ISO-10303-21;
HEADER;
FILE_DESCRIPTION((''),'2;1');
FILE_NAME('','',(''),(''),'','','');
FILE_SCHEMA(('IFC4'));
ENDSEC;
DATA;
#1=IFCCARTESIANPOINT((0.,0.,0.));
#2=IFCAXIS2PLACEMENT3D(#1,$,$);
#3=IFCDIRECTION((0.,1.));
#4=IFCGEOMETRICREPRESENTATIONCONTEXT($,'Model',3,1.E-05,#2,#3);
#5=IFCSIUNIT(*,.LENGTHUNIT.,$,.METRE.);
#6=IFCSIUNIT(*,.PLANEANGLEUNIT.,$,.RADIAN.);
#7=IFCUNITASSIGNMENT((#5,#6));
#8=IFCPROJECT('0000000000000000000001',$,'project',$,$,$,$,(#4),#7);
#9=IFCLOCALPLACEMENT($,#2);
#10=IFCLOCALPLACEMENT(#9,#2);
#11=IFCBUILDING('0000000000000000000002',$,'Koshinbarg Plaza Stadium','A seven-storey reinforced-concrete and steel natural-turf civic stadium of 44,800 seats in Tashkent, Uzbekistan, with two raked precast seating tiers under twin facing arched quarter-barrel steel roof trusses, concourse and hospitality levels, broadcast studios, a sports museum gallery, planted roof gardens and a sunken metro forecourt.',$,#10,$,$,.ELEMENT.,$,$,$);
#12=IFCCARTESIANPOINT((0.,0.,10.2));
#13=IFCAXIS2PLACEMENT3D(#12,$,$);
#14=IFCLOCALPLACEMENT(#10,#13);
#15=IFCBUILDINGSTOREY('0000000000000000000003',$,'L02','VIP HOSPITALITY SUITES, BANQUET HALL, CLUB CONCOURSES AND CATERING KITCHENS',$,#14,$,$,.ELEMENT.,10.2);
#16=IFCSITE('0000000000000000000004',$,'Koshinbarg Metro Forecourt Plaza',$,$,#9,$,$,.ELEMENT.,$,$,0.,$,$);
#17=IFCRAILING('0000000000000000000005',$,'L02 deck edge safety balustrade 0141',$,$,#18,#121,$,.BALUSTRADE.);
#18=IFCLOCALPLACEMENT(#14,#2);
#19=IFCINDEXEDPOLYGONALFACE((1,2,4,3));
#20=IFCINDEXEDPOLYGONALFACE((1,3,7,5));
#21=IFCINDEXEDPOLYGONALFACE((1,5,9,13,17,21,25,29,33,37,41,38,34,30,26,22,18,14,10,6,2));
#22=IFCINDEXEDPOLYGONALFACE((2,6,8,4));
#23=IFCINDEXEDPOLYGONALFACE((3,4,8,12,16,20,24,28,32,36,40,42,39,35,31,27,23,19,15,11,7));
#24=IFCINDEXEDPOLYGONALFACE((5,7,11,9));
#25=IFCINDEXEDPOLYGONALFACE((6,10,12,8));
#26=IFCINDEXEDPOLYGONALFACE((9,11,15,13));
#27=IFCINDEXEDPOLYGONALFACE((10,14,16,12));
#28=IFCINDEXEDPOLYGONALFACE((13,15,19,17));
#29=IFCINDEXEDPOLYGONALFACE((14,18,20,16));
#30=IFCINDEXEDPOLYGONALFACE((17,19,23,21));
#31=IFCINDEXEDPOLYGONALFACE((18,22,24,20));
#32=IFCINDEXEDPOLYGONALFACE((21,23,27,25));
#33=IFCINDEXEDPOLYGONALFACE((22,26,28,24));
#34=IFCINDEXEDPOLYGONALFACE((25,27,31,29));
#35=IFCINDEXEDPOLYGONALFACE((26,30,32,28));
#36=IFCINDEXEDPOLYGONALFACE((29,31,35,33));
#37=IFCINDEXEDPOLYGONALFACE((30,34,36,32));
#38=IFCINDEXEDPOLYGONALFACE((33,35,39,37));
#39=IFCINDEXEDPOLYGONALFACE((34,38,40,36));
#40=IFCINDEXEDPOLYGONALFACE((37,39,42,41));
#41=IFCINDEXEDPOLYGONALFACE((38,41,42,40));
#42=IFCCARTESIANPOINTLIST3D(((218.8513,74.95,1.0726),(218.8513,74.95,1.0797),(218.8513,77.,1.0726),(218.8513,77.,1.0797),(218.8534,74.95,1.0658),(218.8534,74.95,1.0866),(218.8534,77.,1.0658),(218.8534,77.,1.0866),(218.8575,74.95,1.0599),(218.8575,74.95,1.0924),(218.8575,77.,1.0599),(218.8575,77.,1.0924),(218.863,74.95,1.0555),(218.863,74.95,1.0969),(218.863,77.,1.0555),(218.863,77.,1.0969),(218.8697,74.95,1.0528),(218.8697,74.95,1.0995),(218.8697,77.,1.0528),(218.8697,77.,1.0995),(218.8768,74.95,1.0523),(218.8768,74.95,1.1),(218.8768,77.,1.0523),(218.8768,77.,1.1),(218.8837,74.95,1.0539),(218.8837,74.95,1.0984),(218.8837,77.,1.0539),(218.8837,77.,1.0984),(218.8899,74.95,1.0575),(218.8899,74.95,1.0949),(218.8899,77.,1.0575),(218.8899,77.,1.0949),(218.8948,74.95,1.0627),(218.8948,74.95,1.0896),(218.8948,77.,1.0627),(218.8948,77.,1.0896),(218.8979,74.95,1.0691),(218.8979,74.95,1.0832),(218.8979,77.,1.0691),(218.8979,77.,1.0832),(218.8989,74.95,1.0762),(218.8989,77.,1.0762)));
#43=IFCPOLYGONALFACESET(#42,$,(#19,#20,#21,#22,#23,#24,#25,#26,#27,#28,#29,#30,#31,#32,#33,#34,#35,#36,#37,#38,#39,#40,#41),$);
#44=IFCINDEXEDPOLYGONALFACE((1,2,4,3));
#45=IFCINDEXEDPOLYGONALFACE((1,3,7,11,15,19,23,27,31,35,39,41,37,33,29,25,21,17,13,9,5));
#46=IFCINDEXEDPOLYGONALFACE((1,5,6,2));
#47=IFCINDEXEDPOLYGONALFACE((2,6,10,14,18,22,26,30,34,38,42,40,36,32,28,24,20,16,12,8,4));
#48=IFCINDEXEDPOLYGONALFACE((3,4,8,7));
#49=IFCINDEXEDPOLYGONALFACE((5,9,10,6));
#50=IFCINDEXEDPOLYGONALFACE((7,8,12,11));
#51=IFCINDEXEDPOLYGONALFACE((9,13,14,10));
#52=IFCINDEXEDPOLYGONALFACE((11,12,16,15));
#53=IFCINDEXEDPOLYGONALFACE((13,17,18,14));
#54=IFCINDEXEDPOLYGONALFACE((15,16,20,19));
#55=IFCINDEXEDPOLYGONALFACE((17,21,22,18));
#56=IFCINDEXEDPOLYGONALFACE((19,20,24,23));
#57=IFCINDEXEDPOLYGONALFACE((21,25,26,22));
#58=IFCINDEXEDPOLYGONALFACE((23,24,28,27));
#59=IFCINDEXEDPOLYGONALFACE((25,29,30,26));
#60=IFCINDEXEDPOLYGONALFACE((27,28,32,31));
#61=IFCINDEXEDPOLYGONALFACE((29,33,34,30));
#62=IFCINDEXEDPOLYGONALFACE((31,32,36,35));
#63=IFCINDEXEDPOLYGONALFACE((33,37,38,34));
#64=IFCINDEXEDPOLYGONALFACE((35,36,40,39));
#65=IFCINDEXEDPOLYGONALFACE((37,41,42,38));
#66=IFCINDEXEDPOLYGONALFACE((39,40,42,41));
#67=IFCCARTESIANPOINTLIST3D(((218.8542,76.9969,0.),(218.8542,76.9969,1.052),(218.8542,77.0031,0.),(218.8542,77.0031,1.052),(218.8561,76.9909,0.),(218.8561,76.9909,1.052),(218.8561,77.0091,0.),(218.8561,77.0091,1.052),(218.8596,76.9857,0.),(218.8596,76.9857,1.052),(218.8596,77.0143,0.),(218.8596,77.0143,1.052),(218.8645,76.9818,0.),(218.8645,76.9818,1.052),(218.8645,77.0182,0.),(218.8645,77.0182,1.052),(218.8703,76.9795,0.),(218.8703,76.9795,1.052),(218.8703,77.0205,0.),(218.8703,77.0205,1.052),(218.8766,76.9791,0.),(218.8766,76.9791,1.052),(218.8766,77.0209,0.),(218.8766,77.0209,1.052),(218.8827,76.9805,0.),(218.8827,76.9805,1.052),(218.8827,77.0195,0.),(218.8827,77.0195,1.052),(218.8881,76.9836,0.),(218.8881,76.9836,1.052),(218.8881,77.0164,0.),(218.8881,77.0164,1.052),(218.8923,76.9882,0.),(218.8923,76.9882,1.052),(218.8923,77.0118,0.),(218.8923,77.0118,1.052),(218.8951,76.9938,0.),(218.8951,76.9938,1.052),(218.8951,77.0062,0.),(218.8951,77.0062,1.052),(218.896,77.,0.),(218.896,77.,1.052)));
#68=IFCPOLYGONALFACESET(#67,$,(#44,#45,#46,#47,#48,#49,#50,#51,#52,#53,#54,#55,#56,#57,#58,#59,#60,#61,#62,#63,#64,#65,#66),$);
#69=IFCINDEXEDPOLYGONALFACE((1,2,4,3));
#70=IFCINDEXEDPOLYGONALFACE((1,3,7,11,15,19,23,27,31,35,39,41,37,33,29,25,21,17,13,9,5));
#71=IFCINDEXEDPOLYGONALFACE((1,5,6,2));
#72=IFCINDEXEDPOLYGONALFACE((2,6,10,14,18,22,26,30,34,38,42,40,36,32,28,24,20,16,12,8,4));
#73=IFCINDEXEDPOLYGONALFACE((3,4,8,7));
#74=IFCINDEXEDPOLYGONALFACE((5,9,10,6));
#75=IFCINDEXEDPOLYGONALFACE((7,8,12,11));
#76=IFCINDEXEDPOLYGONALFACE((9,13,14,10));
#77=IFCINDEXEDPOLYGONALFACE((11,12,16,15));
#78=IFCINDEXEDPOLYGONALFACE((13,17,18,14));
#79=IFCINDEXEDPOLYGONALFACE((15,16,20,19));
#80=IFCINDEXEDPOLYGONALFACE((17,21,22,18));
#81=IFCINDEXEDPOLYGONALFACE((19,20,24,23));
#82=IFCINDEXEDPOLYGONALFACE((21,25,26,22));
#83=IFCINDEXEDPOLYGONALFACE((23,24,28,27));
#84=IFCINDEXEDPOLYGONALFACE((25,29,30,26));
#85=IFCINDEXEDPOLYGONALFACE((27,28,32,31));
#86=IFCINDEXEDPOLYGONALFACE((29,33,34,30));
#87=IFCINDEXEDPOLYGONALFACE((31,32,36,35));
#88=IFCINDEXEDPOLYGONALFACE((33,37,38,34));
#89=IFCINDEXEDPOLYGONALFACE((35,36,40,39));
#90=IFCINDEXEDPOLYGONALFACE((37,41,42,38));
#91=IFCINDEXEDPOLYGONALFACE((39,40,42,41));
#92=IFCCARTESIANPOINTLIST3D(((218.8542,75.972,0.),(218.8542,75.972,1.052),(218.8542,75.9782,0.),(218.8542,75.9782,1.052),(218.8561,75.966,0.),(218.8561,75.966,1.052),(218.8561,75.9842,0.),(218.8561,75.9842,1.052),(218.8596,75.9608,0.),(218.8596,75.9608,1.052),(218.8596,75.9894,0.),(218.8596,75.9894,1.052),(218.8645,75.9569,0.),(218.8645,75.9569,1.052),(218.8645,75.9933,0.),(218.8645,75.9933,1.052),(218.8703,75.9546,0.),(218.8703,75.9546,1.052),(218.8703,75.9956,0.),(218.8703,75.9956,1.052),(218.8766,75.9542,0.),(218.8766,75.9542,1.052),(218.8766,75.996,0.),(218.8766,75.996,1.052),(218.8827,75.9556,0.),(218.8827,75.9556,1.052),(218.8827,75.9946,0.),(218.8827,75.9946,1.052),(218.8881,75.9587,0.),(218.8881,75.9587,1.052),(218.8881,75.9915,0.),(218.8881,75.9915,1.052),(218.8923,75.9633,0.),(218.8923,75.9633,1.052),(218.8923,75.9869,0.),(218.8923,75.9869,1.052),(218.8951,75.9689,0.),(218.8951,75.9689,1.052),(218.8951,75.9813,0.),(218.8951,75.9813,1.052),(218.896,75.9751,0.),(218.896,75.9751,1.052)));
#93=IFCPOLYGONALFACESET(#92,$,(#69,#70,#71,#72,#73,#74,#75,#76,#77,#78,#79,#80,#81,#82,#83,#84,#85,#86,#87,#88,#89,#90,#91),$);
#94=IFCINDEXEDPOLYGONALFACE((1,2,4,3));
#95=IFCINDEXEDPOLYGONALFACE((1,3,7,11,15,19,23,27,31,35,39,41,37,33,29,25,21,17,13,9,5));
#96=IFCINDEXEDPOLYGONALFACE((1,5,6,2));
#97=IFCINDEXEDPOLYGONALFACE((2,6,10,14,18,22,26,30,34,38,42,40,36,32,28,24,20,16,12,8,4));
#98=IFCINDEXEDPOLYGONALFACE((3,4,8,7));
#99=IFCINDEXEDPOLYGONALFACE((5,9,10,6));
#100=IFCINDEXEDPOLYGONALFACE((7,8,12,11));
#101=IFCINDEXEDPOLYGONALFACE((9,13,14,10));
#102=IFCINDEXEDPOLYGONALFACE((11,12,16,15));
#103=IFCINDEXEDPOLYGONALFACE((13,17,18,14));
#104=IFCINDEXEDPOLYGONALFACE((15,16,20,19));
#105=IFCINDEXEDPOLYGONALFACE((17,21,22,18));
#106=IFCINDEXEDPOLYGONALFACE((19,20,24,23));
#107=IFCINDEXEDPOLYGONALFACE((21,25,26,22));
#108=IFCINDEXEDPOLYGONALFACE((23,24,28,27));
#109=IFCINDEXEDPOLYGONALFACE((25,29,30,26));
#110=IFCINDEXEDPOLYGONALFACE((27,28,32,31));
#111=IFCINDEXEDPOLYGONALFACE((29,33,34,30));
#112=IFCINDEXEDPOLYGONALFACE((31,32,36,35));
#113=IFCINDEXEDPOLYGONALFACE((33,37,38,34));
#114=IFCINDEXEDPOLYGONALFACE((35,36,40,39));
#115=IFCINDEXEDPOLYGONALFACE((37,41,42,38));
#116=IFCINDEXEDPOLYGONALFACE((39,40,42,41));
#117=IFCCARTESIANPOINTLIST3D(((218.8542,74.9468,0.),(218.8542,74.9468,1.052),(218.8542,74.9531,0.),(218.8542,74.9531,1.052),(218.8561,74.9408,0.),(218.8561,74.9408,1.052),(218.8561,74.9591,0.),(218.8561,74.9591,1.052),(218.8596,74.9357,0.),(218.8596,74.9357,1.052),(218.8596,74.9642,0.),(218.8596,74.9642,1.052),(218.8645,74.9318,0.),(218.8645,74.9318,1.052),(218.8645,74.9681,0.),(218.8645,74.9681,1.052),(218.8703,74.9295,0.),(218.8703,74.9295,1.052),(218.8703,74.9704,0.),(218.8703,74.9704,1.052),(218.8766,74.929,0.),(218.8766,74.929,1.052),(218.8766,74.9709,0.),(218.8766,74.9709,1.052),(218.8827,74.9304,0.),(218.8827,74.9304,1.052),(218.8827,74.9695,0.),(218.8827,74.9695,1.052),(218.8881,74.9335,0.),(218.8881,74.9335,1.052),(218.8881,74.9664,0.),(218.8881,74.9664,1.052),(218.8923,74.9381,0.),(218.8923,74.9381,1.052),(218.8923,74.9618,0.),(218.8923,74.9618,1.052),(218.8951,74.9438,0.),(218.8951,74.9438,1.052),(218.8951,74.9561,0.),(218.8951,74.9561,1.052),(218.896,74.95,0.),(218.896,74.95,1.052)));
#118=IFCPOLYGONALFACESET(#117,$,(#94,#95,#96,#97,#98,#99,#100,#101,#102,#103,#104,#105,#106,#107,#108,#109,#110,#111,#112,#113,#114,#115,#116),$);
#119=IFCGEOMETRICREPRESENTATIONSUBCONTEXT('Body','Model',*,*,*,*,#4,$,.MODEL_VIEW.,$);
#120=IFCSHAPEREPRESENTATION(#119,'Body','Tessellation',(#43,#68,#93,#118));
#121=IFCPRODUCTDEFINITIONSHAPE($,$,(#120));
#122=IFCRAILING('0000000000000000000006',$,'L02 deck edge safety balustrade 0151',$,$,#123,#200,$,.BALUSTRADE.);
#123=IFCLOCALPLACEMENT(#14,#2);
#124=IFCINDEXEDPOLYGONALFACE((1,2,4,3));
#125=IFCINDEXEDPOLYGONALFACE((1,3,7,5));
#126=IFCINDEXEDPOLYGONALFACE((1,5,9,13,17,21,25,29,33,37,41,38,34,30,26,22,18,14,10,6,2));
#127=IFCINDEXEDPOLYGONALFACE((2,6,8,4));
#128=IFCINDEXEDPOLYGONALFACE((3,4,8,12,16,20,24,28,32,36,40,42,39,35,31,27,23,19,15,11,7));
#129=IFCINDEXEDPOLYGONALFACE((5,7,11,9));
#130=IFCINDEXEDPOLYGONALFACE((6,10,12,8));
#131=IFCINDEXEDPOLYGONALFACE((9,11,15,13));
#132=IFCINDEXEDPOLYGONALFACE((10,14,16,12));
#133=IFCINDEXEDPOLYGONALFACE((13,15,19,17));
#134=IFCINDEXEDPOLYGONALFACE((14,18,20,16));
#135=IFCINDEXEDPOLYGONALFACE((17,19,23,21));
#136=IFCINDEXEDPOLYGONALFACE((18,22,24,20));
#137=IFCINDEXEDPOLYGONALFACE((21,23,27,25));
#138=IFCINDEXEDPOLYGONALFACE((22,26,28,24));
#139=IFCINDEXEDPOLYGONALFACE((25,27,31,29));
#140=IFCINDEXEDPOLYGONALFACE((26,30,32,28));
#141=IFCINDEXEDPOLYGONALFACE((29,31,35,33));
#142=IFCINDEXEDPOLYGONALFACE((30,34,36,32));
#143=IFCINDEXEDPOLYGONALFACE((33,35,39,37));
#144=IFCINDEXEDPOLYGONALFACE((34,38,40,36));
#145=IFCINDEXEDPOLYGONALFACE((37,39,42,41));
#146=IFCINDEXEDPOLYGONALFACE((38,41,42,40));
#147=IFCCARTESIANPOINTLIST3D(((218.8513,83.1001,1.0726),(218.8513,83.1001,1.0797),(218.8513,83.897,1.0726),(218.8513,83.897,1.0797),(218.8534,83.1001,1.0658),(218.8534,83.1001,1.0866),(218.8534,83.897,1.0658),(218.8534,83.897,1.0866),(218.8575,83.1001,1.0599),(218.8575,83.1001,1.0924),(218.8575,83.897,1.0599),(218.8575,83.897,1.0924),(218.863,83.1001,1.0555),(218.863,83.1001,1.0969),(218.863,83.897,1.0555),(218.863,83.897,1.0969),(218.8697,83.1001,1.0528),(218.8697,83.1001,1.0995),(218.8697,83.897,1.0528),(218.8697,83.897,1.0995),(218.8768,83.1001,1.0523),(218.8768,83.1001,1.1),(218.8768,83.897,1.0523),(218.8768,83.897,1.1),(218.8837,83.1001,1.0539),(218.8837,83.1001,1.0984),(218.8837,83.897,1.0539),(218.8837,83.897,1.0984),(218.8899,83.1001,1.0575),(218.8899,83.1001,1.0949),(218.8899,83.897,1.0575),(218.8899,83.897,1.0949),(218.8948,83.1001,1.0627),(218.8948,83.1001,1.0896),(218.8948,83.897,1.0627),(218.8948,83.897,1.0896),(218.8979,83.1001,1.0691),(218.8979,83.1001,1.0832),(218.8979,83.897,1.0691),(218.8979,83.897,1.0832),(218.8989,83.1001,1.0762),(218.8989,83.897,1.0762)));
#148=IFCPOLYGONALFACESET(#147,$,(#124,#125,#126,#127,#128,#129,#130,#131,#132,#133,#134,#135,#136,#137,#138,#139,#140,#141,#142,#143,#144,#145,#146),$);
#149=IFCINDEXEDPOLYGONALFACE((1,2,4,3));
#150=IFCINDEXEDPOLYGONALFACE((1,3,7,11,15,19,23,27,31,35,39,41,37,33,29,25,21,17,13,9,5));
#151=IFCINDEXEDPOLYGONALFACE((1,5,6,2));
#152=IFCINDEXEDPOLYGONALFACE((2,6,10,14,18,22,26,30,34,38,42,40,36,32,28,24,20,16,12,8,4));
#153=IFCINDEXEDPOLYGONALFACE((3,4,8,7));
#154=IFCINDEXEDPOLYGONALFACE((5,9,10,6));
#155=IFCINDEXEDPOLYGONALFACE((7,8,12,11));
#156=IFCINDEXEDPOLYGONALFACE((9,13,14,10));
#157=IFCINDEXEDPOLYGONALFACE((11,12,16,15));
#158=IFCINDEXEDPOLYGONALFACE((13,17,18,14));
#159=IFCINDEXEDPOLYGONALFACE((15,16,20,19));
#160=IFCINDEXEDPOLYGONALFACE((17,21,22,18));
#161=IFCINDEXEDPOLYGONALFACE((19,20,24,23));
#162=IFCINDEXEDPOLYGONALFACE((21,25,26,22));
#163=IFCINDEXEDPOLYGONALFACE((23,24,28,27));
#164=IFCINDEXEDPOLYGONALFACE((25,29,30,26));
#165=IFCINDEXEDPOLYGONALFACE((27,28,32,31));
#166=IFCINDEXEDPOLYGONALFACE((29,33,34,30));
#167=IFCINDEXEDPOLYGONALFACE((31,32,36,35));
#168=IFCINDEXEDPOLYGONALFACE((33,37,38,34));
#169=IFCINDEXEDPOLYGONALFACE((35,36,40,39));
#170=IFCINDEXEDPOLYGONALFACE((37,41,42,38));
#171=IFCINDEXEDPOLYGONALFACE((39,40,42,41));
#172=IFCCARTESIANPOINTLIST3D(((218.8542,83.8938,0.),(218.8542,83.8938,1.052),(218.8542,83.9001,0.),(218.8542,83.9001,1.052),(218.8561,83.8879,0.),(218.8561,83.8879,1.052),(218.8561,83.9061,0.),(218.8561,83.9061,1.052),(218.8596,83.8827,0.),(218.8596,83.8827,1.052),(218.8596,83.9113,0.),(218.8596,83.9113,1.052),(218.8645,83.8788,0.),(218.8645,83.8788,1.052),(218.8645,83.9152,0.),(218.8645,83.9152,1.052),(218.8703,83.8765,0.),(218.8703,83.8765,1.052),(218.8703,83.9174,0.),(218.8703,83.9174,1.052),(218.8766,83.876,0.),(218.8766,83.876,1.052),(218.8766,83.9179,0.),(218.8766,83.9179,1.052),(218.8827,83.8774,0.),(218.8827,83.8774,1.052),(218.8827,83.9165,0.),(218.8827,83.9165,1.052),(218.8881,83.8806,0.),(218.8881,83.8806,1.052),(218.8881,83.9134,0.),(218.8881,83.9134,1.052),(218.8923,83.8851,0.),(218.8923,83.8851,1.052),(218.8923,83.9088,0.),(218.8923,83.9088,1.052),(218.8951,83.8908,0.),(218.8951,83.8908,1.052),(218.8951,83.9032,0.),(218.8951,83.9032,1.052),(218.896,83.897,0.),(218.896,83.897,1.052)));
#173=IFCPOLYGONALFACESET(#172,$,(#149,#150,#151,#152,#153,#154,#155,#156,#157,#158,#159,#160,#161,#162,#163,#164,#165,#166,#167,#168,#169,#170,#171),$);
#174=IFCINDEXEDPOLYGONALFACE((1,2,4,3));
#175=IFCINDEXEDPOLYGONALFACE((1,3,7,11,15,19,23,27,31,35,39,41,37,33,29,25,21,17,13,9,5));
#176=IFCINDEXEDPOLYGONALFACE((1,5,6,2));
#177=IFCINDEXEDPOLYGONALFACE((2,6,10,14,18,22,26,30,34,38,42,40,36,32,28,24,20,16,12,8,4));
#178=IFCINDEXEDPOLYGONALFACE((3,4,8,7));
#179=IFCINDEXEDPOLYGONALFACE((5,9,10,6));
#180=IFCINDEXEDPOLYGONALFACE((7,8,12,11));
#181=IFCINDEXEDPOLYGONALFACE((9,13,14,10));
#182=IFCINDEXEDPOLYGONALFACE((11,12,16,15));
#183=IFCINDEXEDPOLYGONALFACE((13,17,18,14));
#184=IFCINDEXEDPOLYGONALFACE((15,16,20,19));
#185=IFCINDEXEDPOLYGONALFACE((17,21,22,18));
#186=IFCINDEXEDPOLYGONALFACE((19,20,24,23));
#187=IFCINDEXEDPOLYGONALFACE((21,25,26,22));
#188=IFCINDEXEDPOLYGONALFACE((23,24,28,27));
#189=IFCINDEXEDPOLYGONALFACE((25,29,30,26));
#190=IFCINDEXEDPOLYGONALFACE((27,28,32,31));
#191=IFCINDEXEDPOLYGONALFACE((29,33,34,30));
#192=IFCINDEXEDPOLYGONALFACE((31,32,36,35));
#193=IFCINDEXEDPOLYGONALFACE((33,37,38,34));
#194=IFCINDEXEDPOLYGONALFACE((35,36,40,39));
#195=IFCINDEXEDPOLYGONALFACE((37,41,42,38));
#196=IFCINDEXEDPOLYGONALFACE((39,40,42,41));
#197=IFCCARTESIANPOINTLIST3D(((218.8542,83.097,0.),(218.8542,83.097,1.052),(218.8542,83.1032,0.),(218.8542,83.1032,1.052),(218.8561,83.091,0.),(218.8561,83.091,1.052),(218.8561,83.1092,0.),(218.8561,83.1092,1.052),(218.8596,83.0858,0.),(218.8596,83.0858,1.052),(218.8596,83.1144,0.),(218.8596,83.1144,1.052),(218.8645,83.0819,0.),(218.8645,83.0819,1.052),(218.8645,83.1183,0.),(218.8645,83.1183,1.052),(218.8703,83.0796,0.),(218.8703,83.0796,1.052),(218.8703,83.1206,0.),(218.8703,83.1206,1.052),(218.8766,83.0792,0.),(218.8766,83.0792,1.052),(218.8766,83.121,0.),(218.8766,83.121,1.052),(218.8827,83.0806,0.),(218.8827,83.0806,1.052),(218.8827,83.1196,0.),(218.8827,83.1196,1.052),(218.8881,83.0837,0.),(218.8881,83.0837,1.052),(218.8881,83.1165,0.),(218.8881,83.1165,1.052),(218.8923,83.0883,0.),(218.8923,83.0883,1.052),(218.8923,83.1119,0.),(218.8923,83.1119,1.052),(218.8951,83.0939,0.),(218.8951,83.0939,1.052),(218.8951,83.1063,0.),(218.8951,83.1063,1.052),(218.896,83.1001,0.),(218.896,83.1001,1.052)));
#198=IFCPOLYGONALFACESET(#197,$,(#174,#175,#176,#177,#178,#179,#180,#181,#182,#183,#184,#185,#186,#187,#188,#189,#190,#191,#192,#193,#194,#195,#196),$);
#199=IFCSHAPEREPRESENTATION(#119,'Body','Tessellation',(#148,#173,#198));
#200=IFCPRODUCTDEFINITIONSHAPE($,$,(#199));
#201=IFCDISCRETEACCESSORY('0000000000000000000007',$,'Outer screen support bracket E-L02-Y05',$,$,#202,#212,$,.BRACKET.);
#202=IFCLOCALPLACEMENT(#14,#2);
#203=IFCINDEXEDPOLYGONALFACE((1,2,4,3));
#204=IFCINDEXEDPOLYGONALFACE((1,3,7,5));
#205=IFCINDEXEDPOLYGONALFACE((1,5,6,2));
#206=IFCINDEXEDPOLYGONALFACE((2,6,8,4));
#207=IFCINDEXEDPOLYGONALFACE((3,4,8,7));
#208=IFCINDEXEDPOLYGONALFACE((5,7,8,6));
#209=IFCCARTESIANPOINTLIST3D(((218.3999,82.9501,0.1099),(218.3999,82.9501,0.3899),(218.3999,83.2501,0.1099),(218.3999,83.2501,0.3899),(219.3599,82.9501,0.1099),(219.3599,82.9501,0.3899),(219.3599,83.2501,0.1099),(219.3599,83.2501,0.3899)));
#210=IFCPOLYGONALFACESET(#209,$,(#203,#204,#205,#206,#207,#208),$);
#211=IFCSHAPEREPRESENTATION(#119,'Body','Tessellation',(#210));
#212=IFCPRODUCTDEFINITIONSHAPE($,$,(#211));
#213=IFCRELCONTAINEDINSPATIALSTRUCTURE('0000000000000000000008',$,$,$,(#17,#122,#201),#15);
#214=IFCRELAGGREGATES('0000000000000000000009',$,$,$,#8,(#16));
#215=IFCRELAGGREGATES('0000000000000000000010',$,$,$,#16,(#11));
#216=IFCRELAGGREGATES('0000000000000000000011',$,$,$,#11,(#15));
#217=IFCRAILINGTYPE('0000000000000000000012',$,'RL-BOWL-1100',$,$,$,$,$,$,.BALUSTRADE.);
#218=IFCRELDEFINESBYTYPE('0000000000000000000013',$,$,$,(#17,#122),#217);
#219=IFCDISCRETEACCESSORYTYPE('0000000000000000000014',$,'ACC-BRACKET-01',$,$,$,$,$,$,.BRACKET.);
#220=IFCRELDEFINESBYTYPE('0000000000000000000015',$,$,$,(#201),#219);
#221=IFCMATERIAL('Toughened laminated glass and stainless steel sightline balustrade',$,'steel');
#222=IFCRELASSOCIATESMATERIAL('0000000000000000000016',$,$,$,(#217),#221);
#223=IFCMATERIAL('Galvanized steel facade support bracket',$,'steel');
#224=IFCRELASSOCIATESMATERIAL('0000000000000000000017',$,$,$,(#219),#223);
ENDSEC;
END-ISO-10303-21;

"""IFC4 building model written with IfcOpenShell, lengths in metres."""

from ifc_helpers import new_model, si_unit, direction, frame, origin, origin_2d, place, context, subcontext, project, spatial, rectangle, circle, extrude, material, type_object, element, save


model = new_model("IFC4")

# Units and contexts
model_context = context("Model", 3, precision=1e-05, world=origin(), true_north=direction((0.0, 1.0)))
body_context = subcontext(model_context, "Body", "Model", "MODEL_VIEW")
ifc_project = project(units=[si_unit("LENGTHUNIT", "METRE"), si_unit("PLANEANGLEUNIT", "RADIAN")], contexts=[model_context])

# Site, building, storey
site_placement = place(None, origin())
site = spatial("IfcSite", under=ifc_project, at=site_placement, Name="Koshinbarg Metro Forecourt Plaza", CompositionType="ELEMENT", RefElevation=0.0)
building_placement = place(site_placement, origin())
building = spatial("IfcBuilding", under=site, at=building_placement, Name="Koshinbarg Plaza Stadium", Description="A seven-storey reinforced-concrete and steel natural-turf civic stadium of 44,800 seats in Tashkent, Uzbekistan, with two raked precast seating tiers under twin facing arched quarter-barrel steel roof trusses, concourse and hospitality levels, broadcast studios, a sports museum gallery, planted roof gardens and a sunken metro forecourt.", CompositionType="ELEMENT")
storey_placement = place(building_placement, frame((0.0, 0.0, 10.2)))
storey = spatial("IfcBuildingStorey", under=building, at=storey_placement, Name="L02", Description="VIP HOSPITALITY SUITES, BANQUET HALL, CLUB CONCOURSES AND CATERING KITCHENS", CompositionType="ELEMENT", Elevation=10.2)

# Railings
ifc_material_1 = material(Name="Toughened laminated glass and stainless steel sightline balustrade", Category="steel")
railing_type = type_object("IfcRailingType", Name="RL-BOWL-1100", PredefinedType="BALUSTRADE", material=ifc_material_1)
railing_1_placement = place(storey_placement, frame((218.875, 77.0, 0.0)))
element("IfcRailing", 1, at=railing_1_placement, inside=storey, type_object=railing_type, Name="L02 deck edge safety balustrade 0141", PredefinedType="BALUSTRADE", context=body_context, shape_type="SweptSolid", body=[
    extrude(circle(Radius=0.0239, at=origin_2d()), frame((0.0, 0.0, 1.0762), z_axis=(0.0, -1.0, 0.0), x_axis=(1.0, 0.0, 0.0)), (0.0, 0.0, 1.0), 2.05),
    extrude(circle(Radius=0.021, at=origin_2d()), origin(), (0.0, 0.0, 1.0), 1.052),
    extrude(circle(Radius=0.021, at=origin_2d()), frame((0.0, -1.0249, 0.0)), (0.0, 0.0, 1.0), 1.052),
    extrude(circle(Radius=0.021, at=origin_2d()), frame((0.0, -2.05, 0.0)), (0.0, 0.0, 1.0), 1.052),
])
railing_2_placement = place(storey_placement, frame((218.875, 83.897, 0.0)))
element("IfcRailing", 2, at=railing_2_placement, inside=storey, type_object=railing_type, Name="L02 deck edge safety balustrade 0151", PredefinedType="BALUSTRADE", context=body_context, shape_type="SweptSolid", body=[
    extrude(circle(Radius=0.0239, at=origin_2d()), frame((0.0, 0.0, 1.0762), z_axis=(0.0, -1.0, 0.0), x_axis=(1.0, 0.0, 0.0)), (0.0, 0.0, 1.0), 0.7969),
    extrude(circle(Radius=0.021, at=origin_2d()), origin(), (0.0, 0.0, 1.0), 1.052),
    extrude(circle(Radius=0.021, at=origin_2d()), frame((0.0, -0.7969, 0.0)), (0.0, 0.0, 1.0), 1.052),
])

# Discrete accessory
ifc_material_2 = material(Name="Galvanized steel facade support bracket", Category="steel")
discrete_accessory_type = type_object("IfcDiscreteAccessoryType", Name="ACC-BRACKET-01", PredefinedType="BRACKET", material=ifc_material_2)
for number, where, z_axis, x_axis, name in (
    (3, (218.8799, 83.1001, 0.1099), (0.0, 0.0, 1.0), (1.0, 0.0, 0.0), "Outer screen support bracket E-L02-Y05"),
):
    element("IfcDiscreteAccessory", number, at=place(storey_placement, frame(where, z_axis=z_axis, x_axis=x_axis)), inside=storey, type_object=discrete_accessory_type, Name=name, PredefinedType="BRACKET", context=body_context, shape_type="SweptSolid", body=[
        extrude(rectangle(XDim=0.96, YDim=0.3, at=origin_2d()), origin(), (0.0, 0.0, 1.0), 0.28),
    ])

save(model, "model.ifc")
